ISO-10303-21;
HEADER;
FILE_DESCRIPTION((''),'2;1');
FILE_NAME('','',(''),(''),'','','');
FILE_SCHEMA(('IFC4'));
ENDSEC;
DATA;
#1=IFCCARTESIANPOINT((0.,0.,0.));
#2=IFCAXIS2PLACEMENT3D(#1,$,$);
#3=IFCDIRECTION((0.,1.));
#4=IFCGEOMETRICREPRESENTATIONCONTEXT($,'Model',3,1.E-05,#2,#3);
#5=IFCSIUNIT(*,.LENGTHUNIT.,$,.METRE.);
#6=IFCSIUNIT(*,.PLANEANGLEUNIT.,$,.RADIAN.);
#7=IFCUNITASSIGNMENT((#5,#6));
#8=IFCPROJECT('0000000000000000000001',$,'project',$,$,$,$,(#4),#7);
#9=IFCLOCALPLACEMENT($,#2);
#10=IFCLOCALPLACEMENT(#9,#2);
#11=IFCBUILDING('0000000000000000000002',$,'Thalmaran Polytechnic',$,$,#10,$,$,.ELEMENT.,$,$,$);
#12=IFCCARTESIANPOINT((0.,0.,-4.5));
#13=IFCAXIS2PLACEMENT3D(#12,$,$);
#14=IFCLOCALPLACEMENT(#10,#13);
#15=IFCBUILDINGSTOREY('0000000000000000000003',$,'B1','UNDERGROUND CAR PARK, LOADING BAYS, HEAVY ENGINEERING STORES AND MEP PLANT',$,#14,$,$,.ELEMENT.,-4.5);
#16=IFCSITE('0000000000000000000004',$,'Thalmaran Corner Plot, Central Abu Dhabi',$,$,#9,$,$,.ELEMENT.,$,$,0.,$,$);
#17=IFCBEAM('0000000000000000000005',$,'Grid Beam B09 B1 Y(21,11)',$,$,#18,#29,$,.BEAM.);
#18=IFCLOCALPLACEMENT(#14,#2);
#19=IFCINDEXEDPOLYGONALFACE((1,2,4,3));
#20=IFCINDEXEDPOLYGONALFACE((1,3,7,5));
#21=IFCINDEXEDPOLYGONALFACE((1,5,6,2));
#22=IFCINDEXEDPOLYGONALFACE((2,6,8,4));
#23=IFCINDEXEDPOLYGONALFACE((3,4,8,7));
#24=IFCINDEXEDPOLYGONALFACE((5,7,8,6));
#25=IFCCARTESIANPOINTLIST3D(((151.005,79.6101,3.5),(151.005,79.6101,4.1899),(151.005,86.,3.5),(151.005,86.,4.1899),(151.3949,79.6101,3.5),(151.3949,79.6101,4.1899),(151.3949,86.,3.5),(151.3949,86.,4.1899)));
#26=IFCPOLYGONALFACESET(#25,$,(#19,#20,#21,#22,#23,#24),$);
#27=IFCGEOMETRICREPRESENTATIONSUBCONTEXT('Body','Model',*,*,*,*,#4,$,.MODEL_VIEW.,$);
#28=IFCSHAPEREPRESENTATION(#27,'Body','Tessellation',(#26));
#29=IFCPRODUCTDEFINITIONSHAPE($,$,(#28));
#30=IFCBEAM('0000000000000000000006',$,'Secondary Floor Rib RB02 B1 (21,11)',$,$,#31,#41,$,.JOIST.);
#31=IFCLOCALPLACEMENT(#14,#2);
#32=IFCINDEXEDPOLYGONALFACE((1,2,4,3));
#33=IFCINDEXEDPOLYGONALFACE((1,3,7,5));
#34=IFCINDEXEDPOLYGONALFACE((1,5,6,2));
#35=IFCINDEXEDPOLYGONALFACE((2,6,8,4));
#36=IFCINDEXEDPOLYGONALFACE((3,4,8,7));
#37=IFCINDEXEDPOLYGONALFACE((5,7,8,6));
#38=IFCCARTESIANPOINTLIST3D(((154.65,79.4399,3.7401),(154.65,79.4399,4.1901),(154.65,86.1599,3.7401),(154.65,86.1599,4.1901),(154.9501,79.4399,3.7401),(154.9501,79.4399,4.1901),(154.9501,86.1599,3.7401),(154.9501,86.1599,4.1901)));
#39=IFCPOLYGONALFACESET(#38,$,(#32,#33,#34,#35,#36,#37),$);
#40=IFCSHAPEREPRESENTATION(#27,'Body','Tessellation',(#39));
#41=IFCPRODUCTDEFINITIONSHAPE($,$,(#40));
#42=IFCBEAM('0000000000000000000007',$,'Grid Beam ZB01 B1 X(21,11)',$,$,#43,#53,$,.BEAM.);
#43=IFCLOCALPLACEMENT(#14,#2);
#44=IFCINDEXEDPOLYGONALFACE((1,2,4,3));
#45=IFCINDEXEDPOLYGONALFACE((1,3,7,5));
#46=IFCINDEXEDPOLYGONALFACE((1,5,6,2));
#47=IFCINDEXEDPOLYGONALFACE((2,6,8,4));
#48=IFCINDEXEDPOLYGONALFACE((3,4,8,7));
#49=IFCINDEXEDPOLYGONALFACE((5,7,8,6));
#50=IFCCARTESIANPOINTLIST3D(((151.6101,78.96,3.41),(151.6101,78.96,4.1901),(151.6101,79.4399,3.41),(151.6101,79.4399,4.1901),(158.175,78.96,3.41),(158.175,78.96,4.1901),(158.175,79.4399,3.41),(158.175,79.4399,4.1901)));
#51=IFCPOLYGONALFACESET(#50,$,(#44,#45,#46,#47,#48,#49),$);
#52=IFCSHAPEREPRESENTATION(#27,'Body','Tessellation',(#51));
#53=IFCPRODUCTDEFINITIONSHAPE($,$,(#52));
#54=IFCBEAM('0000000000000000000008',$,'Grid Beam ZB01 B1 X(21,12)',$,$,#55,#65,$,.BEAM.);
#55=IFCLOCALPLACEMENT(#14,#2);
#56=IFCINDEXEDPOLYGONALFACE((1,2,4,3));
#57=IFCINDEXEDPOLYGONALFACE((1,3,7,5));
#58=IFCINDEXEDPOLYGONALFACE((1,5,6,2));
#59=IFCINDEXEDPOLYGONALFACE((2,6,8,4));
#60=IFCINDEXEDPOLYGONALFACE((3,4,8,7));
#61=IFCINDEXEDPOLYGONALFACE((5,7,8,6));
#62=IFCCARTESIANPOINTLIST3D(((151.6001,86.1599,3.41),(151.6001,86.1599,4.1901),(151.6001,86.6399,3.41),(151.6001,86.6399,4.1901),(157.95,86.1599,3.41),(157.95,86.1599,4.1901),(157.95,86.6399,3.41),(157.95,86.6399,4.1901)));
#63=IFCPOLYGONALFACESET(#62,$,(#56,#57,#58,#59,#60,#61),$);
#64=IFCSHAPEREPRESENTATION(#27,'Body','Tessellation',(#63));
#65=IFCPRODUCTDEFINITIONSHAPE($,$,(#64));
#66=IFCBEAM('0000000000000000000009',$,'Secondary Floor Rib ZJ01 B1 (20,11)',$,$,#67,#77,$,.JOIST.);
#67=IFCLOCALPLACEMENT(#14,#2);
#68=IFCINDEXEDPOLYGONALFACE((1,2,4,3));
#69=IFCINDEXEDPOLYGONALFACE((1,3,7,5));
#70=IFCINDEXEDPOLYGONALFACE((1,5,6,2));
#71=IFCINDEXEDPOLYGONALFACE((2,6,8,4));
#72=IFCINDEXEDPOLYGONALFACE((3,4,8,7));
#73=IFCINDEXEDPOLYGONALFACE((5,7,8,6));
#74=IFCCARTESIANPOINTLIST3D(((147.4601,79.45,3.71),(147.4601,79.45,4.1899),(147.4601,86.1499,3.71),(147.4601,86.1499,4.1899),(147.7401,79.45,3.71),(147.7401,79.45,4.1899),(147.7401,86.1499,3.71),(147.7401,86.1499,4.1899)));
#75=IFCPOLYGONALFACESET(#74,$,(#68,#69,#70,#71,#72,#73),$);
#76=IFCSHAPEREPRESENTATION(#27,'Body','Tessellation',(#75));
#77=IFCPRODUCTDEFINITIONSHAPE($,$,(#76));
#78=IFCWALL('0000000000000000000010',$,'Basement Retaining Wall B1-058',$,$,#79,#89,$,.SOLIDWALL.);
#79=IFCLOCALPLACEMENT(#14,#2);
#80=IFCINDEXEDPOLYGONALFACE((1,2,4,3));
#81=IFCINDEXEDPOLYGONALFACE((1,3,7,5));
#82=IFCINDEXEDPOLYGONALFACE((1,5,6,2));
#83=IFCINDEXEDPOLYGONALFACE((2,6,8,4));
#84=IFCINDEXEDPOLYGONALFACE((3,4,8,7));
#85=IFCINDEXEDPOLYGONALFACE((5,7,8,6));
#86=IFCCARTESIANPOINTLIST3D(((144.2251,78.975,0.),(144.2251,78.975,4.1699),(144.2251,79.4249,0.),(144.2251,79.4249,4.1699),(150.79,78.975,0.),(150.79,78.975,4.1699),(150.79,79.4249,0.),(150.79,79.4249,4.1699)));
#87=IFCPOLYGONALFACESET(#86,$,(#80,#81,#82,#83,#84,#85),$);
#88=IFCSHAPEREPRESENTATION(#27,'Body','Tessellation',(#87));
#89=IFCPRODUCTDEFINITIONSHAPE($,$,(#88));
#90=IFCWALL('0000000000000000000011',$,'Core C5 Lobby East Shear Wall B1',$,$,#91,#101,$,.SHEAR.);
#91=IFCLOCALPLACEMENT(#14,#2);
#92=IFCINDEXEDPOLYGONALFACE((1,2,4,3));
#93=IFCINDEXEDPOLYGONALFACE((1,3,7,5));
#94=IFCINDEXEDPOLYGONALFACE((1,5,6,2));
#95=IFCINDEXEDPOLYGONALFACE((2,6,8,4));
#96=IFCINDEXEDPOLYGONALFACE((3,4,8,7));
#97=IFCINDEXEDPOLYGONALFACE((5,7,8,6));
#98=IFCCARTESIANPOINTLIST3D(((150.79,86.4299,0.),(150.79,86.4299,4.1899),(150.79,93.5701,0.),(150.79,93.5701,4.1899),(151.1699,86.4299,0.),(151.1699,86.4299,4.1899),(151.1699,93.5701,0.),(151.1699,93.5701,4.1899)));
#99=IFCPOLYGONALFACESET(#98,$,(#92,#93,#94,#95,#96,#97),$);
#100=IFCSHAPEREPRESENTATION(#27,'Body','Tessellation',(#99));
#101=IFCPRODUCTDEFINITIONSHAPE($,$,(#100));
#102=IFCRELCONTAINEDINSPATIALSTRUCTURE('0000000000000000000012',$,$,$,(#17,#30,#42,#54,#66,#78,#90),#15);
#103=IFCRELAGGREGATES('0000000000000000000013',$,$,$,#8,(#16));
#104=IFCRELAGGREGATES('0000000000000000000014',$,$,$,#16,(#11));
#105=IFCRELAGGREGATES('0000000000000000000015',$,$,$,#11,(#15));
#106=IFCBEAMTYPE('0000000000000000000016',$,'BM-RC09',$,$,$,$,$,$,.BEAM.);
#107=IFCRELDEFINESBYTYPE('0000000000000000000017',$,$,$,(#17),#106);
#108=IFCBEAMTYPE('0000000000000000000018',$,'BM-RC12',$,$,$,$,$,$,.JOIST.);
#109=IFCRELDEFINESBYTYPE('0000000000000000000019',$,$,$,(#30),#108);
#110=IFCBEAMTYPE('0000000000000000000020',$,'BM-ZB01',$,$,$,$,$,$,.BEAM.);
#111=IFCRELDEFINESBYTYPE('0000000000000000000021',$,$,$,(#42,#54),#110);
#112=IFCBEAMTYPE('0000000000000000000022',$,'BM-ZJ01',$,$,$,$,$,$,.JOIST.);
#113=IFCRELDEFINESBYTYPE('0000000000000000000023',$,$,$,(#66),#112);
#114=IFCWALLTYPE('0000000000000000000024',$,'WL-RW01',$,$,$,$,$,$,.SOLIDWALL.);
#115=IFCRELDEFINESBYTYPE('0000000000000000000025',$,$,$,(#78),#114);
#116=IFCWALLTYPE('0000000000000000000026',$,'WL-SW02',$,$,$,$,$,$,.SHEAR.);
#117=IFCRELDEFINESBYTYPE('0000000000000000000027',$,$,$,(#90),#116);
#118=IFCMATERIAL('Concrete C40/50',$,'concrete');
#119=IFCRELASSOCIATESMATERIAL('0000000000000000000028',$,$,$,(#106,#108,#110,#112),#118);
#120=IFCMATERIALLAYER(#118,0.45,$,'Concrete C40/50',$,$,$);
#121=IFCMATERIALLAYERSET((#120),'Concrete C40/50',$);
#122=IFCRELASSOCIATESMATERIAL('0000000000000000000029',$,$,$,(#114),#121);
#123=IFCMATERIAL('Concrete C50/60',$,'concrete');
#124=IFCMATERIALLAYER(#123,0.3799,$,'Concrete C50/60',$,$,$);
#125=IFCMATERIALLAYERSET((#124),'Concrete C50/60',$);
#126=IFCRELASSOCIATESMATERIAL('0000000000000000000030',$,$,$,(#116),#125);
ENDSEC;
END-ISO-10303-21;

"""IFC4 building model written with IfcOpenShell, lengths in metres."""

from ifc_helpers import new_model, si_unit, direction, frame, frame_2d, origin, origin_2d, place, context, subcontext, project, spatial, rectangle, extrude, material, layer, layer_set, material_profile, profile_set, type_object, element, save


model = new_model("IFC4")

# Units and contexts
model_context = context("Model", 3, precision=1e-05, world=origin(), true_north=direction((0.0, 1.0)))
body_context = subcontext(model_context, "Body", "Model", "MODEL_VIEW")
ifc_project = project(units=[si_unit("LENGTHUNIT", "METRE"), si_unit("PLANEANGLEUNIT", "RADIAN")], contexts=[model_context])

# Site, building, storey
site_placement = place(None, origin())
site = spatial("IfcSite", under=ifc_project, at=site_placement, Name="Thalmaran Corner Plot, Central Abu Dhabi", CompositionType="ELEMENT", RefElevation=0.0)
building_placement = place(site_placement, origin())
building = spatial("IfcBuilding", under=site, at=building_placement, Name="Thalmaran Polytechnic", CompositionType="ELEMENT")
storey_placement = place(building_placement, frame((0.0, 0.0, -4.5)))
storey = spatial("IfcBuildingStorey", under=building, at=storey_placement, Name="B1", Description="UNDERGROUND CAR PARK, LOADING BAYS, HEAVY ENGINEERING STORES AND MEP PLANT", CompositionType="ELEMENT", Elevation=-4.5)

# Shared definitions
ifc_material_1 = material(Name="Concrete C40/50", Category="concrete")

# Shared definitions
ifc_material_2 = material(Name="Concrete C50/60", Category="concrete")

# Beams
ifc_material_profile_1 = material_profile(ifc_material_1, rectangle(XDim=0.3899, YDim=0.6899, at=origin_2d()), Name="RC 390x690")
ifc_profile_set_1 = profile_set([ifc_material_profile_1], Name="Concrete C40/50")
beam_type_1 = type_object("IfcBeamType", Name="BM-RC09", PredefinedType="BEAM", material=ifc_profile_set_1)
beam_1_placement = place(storey_placement, frame((151.2, 79.6101, 3.845), z_axis=(0.0, 1.0, 0.0), x_axis=(-1.0, 0.0, 0.0)))
element("IfcBeam", 1, at=beam_1_placement, inside=storey, type_object=beam_type_1, Name="Grid Beam B09 B1 Y(21,11)", PredefinedType="BEAM", context=body_context, shape_type="SweptSolid", body=[
    extrude(rectangle(XDim=0.3899, YDim=0.6899, at=origin_2d()), origin(), (0.0, 0.0, 1.0), 6.3899),
])
ifc_material_profile_2 = material_profile(ifc_material_1, rectangle(XDim=0.3, YDim=0.45, at=origin_2d()), Name="RC 300x450")
ifc_profile_set_2 = profile_set([ifc_material_profile_2], Name="Concrete C40/50")
beam_type_2 = type_object("IfcBeamType", Name="BM-RC12", PredefinedType="JOIST", material=ifc_profile_set_2)
beam_2_placement = place(storey_placement, frame((154.8, 79.4399, 3.9651), z_axis=(0.0, 1.0, 0.0), x_axis=(-1.0, 0.0, 0.0)))
element("IfcBeam", 2, at=beam_2_placement, inside=storey, type_object=beam_type_2, Name="Secondary Floor Rib RB02 B1 (21,11)", PredefinedType="JOIST", context=body_context, shape_type="SweptSolid", body=[
    extrude(rectangle(XDim=0.3, YDim=0.45, at=origin_2d()), origin(), (0.0, 0.0, 1.0), 6.72),
])
ifc_material_profile_3 = material_profile(ifc_material_1, rectangle(XDim=0.48, YDim=0.78, at=origin_2d()), Name="RC 480x780")
ifc_profile_set_3 = profile_set([ifc_material_profile_3], Name="Concrete C40/50")
beam_type_3 = type_object("IfcBeamType", Name="BM-ZB01", PredefinedType="BEAM", material=ifc_profile_set_3)
beam_3_placement = place(storey_placement, frame((151.6101, 79.2, 3.8), z_axis=(1.0, 0.0, 0.0), x_axis=(0.0, 1.0, 0.0)))
element("IfcBeam", 3, at=beam_3_placement, inside=storey, type_object=beam_type_3, Name="Grid Beam ZB01 B1 X(21,11)", PredefinedType="BEAM", context=body_context, shape_type="SweptSolid", body=[
    extrude(rectangle(XDim=0.48, YDim=0.78, at=origin_2d()), origin(), (0.0, 0.0, 1.0), 6.5649),
])
beam_4_placement = place(storey_placement, frame((151.6001, 86.3999, 3.8), z_axis=(1.0, 0.0, 0.0), x_axis=(0.0, 1.0, 0.0)))
element("IfcBeam", 4, at=beam_4_placement, inside=storey, type_object=beam_type_3, Name="Grid Beam ZB01 B1 X(21,12)", PredefinedType="BEAM", context=body_context, shape_type="SweptSolid", body=[
    extrude(rectangle(XDim=0.48, YDim=0.78, at=origin_2d()), origin(), (0.0, 0.0, 1.0), 6.3499),
])
ifc_material_profile_4 = material_profile(ifc_material_1, rectangle(XDim=0.28, YDim=0.48, at=origin_2d()), Name="RC 280x480")
ifc_profile_set_4 = profile_set([ifc_material_profile_4], Name="Concrete C40/50")
beam_type_4 = type_object("IfcBeamType", Name="BM-ZJ01", PredefinedType="JOIST", material=ifc_profile_set_4)
beam_5_placement = place(storey_placement, frame((147.6001, 79.45, 3.95), z_axis=(0.0, 1.0, 0.0), x_axis=(-1.0, 0.0, 0.0)))
element("IfcBeam", 5, at=beam_5_placement, inside=storey, type_object=beam_type_4, Name="Secondary Floor Rib ZJ01 B1 (20,11)", PredefinedType="JOIST", context=body_context, shape_type="SweptSolid", body=[
    extrude(rectangle(XDim=0.28, YDim=0.48, at=origin_2d()), origin(), (0.0, 0.0, 1.0), 6.7),
])

# Walls
ifc_layer_1 = layer(ifc_material_1, 0.45, Name="Concrete C40/50")
ifc_layer_set_1 = layer_set([ifc_layer_1], Name="Concrete C40/50")
wall_type_1 = type_object("IfcWallType", Name="WL-RW01", PredefinedType="SOLIDWALL", material=ifc_layer_set_1)
wall_1_placement = place(storey_placement, frame((150.79, 79.2, 0.0), z_axis=(0.0, 0.0, 1.0), x_axis=(-1.0, 0.0, 0.0)))
element("IfcWall", 6, at=wall_1_placement, inside=storey, type_object=wall_type_1, Name="Basement Retaining Wall B1-058", PredefinedType="SOLIDWALL", context=body_context, shape_type="SweptSolid", body=[
    extrude(rectangle(XDim=6.5649, YDim=0.45, at=frame_2d((3.2825, 0.0))), origin(), (0.0, 0.0, 1.0), 4.1699),
])
ifc_layer_2 = layer(ifc_material_2, 0.3799, Name="Concrete C50/60")
ifc_layer_set_2 = layer_set([ifc_layer_2], Name="Concrete C50/60")
wall_type_2 = type_object("IfcWallType", Name="WL-SW02", PredefinedType="SHEAR", material=ifc_layer_set_2)
wall_2_placement = place(storey_placement, frame((150.98, 86.4299, 0.0), z_axis=(0.0, 0.0, 1.0), x_axis=(0.0, 1.0, 0.0)))
element("IfcWall", 7, at=wall_2_placement, inside=storey, type_object=wall_type_2, Name="Core C5 Lobby East Shear Wall B1", PredefinedType="SHEAR", context=body_context, shape_type="SweptSolid", body=[
    extrude(rectangle(XDim=7.1401, YDim=0.3799, at=frame_2d((3.5701, 0.0))), origin(), (0.0, 0.0, 1.0), 4.1899),
])

save(model, "model.ifc")
